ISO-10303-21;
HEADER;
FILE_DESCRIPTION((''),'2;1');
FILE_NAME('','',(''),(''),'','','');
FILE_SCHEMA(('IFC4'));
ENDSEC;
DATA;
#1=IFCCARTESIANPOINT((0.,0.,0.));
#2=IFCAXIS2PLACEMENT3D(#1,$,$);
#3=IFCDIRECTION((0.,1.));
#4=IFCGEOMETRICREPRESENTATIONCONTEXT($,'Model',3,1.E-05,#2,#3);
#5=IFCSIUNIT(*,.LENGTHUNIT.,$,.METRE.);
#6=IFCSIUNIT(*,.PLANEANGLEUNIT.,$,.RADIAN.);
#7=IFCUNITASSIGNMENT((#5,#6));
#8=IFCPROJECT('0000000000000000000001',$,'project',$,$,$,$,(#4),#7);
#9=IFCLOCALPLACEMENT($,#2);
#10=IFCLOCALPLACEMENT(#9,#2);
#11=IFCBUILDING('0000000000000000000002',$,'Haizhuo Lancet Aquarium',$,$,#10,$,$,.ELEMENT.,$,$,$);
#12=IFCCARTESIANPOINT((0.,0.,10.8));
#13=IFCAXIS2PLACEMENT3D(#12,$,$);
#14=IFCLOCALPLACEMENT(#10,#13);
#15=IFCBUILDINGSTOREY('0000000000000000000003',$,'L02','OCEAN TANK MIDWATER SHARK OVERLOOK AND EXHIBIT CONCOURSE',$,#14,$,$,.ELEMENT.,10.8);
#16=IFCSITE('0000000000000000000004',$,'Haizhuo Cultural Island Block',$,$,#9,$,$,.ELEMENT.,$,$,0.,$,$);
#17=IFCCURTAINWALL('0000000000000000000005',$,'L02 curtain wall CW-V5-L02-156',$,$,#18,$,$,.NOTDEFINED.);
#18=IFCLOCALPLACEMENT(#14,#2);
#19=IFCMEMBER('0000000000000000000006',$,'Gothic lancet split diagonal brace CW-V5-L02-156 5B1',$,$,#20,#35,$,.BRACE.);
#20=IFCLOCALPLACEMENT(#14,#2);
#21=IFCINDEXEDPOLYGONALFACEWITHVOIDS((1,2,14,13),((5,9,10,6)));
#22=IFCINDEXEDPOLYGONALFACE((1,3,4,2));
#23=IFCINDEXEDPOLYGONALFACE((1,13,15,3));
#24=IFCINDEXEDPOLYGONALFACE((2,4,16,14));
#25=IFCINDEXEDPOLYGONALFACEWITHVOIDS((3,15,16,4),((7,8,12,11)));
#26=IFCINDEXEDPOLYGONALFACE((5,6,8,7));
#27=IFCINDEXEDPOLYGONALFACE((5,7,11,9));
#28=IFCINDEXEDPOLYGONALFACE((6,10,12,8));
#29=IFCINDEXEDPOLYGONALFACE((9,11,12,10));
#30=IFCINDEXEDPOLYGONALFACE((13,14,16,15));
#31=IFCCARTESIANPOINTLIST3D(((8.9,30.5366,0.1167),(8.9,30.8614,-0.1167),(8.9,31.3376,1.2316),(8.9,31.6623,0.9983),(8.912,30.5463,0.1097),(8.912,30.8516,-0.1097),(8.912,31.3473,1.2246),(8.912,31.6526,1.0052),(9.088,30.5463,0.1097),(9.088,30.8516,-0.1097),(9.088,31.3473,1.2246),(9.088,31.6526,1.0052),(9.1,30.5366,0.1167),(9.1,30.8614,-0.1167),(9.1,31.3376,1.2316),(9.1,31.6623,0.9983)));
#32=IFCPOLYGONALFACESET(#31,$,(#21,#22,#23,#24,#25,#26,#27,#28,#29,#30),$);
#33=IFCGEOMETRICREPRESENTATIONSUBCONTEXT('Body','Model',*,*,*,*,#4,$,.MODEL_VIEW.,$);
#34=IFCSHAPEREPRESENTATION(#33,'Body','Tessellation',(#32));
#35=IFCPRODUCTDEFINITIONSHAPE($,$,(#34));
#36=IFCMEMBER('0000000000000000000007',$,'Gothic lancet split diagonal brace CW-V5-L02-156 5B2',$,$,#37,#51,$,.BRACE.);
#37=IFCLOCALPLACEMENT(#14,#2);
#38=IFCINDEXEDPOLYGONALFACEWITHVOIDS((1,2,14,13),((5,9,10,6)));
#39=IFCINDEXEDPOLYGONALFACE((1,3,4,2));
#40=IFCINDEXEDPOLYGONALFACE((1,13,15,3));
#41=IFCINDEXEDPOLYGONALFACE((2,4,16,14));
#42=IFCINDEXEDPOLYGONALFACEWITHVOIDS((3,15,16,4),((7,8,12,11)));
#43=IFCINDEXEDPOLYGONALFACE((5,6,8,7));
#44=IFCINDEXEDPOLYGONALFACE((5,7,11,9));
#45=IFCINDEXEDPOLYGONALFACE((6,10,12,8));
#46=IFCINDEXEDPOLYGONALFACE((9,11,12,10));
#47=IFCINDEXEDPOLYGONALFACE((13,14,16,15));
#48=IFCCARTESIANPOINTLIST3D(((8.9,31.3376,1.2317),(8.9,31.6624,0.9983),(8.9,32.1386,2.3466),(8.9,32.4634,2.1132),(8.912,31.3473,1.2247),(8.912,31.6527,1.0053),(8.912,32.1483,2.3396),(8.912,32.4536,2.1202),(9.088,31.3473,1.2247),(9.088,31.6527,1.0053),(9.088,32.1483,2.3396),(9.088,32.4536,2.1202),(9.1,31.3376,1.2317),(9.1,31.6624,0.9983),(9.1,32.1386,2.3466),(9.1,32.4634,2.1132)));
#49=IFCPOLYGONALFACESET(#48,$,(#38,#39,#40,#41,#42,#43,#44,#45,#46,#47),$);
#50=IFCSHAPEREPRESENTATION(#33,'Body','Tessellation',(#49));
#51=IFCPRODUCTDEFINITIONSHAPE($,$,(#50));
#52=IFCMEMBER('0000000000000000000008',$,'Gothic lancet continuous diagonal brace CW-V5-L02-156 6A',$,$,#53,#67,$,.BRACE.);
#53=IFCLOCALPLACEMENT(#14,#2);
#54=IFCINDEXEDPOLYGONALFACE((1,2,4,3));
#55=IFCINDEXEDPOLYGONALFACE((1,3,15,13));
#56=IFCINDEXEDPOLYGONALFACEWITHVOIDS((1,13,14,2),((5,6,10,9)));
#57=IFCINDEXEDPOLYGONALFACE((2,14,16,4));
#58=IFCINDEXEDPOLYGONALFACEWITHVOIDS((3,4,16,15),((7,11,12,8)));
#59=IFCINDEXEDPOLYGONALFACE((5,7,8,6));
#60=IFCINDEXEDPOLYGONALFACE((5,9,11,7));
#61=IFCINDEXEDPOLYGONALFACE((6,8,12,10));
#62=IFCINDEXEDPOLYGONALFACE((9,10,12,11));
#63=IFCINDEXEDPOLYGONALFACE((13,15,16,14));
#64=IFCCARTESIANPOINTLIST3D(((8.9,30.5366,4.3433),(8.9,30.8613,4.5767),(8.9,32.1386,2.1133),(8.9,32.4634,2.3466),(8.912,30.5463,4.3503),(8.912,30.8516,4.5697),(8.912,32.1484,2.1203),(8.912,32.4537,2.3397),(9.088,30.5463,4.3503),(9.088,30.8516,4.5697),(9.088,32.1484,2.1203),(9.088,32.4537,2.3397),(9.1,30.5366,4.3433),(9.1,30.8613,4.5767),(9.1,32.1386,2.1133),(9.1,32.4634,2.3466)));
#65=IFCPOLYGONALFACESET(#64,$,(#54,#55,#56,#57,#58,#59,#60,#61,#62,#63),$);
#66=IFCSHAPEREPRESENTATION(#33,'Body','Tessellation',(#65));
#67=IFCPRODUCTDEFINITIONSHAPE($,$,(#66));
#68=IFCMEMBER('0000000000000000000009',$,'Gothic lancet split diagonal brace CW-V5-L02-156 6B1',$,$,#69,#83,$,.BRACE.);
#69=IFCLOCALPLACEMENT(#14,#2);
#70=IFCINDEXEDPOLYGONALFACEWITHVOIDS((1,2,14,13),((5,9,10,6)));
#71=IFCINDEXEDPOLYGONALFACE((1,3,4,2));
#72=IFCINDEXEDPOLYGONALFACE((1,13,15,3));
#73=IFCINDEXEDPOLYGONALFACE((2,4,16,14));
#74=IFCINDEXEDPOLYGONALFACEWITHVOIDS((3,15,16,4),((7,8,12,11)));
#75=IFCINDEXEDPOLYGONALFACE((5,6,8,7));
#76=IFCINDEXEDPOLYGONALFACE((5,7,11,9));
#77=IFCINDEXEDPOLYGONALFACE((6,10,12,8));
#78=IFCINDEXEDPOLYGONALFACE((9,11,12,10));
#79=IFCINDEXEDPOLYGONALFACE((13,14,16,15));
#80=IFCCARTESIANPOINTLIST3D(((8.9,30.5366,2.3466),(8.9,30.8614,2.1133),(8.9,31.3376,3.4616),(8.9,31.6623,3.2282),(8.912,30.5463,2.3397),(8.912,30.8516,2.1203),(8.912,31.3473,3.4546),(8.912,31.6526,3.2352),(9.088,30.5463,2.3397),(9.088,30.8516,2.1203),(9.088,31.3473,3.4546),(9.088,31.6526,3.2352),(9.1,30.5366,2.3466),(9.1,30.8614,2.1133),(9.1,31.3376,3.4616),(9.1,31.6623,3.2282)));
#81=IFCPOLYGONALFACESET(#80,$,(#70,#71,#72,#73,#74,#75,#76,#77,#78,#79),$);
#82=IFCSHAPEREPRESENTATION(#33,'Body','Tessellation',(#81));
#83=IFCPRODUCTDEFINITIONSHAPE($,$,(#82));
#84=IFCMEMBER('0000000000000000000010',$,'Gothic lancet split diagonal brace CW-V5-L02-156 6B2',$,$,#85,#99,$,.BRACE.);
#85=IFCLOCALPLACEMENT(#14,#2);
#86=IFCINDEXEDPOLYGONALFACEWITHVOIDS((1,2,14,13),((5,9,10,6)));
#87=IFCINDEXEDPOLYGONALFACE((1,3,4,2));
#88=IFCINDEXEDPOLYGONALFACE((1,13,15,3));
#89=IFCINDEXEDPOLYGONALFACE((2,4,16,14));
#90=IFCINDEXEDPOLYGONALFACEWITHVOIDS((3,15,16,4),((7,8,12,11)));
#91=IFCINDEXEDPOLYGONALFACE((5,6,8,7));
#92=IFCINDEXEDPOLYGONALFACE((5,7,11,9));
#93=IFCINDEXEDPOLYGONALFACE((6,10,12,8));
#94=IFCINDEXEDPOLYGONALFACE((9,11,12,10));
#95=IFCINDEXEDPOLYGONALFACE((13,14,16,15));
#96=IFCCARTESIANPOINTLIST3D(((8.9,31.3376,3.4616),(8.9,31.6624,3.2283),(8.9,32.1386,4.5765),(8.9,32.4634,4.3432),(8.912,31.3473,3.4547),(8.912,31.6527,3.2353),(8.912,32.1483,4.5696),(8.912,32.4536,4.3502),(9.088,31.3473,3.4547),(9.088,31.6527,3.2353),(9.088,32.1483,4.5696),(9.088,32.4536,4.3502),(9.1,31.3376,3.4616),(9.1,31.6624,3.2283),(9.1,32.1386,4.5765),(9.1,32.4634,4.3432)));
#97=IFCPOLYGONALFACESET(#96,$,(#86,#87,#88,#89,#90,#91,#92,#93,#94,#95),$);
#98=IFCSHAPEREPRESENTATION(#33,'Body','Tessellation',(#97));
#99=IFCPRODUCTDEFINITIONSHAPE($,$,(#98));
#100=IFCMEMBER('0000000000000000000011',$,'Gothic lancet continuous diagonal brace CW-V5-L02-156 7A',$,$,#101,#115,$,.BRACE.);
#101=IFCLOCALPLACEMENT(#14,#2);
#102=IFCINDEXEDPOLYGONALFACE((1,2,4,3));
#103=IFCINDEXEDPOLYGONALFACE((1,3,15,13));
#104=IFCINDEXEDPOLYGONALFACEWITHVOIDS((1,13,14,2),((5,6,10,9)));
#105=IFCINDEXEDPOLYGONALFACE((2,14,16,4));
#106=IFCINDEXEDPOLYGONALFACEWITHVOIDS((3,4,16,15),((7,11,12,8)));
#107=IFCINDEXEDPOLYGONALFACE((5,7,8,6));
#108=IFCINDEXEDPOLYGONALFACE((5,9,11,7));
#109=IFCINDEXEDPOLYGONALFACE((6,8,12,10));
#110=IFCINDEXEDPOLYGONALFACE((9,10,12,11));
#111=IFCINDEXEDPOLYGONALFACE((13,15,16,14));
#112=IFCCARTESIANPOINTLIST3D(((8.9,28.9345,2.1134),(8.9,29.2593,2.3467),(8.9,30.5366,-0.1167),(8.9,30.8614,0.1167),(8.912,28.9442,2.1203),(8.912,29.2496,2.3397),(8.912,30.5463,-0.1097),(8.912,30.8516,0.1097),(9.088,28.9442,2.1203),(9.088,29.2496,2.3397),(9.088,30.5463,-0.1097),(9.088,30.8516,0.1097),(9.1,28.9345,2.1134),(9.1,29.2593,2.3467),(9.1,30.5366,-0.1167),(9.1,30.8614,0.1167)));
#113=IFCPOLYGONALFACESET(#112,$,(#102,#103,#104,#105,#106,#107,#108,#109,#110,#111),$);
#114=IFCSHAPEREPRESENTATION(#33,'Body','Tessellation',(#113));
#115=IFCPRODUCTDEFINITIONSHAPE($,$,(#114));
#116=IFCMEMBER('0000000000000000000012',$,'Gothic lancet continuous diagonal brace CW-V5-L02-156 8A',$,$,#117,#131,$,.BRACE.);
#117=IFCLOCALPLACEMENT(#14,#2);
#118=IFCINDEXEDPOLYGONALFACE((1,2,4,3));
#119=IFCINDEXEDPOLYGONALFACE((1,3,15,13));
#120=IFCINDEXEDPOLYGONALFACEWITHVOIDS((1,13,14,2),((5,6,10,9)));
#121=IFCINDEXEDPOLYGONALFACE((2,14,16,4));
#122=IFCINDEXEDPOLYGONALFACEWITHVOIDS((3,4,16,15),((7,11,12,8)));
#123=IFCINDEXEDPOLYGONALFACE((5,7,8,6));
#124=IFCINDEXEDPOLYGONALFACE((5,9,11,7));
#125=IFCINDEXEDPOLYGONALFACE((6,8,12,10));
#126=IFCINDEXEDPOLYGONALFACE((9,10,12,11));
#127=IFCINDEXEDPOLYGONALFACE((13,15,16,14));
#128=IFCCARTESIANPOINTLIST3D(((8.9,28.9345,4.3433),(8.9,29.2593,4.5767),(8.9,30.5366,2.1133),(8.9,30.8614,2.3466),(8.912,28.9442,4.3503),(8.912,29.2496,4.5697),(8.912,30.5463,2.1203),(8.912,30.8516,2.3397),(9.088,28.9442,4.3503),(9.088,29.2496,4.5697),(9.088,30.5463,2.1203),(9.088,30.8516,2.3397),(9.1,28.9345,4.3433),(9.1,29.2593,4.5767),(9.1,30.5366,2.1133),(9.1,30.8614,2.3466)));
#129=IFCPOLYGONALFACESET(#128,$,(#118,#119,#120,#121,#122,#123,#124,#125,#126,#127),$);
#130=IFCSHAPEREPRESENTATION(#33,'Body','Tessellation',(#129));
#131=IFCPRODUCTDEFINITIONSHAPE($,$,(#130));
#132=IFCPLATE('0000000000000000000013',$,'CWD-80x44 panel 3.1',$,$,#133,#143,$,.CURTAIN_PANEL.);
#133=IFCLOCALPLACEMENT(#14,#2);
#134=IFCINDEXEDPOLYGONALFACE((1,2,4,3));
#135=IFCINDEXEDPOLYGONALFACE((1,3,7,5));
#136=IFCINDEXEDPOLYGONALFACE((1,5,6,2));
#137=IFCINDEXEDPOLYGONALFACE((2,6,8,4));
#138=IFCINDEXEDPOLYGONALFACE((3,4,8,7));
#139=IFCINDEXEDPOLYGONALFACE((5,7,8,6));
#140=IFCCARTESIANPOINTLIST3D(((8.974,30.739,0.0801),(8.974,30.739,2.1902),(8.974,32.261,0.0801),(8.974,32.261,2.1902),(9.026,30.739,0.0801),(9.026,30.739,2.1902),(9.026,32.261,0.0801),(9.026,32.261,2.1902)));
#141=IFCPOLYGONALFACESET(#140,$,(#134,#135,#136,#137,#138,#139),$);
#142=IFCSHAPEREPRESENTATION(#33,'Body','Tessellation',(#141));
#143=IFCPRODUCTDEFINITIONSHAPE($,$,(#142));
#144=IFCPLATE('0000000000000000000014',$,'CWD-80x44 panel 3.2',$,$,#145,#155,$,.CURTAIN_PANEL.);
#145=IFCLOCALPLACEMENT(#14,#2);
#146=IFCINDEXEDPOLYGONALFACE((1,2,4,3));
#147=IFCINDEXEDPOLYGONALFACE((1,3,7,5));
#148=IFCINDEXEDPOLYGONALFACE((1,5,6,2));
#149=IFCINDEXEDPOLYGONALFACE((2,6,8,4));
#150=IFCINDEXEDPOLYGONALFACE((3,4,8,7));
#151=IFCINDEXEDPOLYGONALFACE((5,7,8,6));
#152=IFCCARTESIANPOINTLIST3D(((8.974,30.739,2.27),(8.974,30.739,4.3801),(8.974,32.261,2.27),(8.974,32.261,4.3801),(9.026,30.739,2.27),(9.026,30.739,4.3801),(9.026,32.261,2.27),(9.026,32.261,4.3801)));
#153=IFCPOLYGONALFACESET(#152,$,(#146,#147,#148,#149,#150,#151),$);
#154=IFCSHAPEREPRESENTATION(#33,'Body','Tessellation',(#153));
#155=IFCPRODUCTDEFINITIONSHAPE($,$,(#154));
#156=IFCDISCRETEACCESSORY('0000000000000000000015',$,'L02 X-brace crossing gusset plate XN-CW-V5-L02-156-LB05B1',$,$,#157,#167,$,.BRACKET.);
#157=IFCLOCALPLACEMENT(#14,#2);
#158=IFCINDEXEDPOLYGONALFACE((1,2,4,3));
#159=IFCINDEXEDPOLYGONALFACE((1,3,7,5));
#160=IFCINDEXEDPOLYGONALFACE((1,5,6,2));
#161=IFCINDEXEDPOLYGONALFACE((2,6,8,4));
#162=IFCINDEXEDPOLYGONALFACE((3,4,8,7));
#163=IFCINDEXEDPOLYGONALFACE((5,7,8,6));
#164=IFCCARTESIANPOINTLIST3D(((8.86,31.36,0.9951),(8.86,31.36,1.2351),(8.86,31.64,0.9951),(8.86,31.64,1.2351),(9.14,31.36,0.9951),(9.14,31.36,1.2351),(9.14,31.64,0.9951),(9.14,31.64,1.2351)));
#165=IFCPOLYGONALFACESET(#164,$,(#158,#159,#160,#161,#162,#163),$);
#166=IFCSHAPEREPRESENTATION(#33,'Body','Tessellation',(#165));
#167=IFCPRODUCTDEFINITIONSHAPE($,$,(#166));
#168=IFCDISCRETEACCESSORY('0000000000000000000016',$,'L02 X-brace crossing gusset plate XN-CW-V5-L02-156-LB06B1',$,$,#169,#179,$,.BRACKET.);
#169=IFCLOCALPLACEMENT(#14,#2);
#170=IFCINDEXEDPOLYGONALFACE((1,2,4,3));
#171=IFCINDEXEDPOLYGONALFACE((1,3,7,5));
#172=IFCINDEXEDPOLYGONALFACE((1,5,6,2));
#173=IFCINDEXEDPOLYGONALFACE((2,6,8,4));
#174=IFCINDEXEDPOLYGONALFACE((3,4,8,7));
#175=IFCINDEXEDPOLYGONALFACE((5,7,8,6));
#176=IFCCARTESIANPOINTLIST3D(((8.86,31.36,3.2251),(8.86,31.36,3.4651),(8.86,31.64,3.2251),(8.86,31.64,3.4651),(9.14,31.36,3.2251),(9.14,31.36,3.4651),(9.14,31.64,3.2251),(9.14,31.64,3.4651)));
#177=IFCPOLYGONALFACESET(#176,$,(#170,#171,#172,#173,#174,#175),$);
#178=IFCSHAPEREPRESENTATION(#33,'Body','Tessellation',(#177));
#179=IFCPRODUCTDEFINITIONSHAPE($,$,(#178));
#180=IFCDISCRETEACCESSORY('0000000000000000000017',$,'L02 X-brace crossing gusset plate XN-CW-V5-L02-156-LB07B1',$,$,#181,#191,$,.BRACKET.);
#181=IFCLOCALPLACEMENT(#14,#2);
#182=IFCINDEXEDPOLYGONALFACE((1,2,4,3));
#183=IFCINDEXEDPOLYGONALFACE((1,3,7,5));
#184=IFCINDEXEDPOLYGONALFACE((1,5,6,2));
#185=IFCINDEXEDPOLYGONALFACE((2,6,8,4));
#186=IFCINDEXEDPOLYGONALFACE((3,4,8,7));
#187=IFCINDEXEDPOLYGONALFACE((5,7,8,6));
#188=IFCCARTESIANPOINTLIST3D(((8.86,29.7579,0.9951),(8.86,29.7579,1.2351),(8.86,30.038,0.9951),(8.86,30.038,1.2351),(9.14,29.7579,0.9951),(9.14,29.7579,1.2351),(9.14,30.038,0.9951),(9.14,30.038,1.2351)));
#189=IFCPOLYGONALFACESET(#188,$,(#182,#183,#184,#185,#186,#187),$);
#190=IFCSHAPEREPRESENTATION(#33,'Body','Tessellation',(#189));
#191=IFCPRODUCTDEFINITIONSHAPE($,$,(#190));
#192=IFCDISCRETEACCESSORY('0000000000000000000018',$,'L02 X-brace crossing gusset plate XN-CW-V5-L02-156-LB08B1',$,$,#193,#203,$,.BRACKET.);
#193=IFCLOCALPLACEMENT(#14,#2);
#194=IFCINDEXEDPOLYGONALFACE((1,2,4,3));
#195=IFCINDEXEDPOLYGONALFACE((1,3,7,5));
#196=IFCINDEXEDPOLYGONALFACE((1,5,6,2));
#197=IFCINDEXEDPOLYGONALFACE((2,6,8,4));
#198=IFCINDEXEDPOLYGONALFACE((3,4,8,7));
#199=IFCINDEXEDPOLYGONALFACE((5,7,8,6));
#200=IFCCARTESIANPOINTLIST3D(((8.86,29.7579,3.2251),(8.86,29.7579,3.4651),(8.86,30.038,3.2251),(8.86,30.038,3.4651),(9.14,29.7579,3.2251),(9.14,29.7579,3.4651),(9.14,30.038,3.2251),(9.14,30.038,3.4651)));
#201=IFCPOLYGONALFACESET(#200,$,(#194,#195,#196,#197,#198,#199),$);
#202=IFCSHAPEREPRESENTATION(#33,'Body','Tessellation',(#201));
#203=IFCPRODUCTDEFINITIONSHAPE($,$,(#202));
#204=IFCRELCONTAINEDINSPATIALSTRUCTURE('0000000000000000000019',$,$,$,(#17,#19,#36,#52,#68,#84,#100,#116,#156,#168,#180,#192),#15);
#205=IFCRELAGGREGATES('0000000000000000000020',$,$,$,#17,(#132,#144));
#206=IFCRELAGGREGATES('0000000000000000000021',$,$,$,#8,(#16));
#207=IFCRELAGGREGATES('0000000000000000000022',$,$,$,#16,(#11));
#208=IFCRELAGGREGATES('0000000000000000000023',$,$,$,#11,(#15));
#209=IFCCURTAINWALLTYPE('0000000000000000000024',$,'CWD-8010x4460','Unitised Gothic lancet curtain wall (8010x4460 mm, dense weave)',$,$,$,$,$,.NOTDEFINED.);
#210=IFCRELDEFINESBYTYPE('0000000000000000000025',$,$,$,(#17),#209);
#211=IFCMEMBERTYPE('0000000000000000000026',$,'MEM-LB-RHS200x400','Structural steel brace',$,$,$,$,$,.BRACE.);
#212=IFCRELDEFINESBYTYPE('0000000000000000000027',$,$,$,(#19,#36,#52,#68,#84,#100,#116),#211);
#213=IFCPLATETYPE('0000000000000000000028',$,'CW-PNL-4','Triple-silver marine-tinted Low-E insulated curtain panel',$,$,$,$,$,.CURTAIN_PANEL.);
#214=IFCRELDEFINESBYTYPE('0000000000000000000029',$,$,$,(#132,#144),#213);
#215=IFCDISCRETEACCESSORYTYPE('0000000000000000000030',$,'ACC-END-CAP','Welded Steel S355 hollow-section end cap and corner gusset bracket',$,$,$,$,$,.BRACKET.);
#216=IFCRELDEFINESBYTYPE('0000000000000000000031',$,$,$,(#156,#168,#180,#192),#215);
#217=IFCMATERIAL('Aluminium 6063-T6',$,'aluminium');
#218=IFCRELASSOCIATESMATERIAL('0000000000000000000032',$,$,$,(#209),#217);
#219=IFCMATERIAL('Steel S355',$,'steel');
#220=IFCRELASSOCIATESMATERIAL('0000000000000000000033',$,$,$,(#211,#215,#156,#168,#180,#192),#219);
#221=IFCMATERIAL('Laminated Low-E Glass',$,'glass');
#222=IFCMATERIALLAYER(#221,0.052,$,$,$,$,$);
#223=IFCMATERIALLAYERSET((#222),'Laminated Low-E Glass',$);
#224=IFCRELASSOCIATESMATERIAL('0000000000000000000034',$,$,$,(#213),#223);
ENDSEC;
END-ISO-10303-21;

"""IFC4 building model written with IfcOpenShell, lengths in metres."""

from ifc_helpers import new_model, si_unit, direction, frame, origin, origin_2d, place, context, subcontext, project, spatial, rectangle, hollow_rectangle, extrude, material, layer, layer_set, material_profile, profile_set, type_object, element, aggregate, save


model = new_model("IFC4")

# Units and contexts
model_context = context("Model", 3, precision=1e-05, world=origin(), true_north=direction((0.0, 1.0)))
body_context = subcontext(model_context, "Body", "Model", "MODEL_VIEW")
ifc_project = project(units=[si_unit("LENGTHUNIT", "METRE"), si_unit("PLANEANGLEUNIT", "RADIAN")], contexts=[model_context])

# Site, building, storey
site_placement = place(None, origin())
site = spatial("IfcSite", under=ifc_project, at=site_placement, Name="Haizhuo Cultural Island Block", CompositionType="ELEMENT", RefElevation=0.0)
building_placement = place(site_placement, origin())
building = spatial("IfcBuilding", under=site, at=building_placement, Name="Haizhuo Lancet Aquarium", CompositionType="ELEMENT")
storey_placement = place(building_placement, frame((0.0, 0.0, 10.8)))
storey = spatial("IfcBuildingStorey", under=building, at=storey_placement, Name="L02", Description="OCEAN TANK MIDWATER SHARK OVERLOOK AND EXHIBIT CONCOURSE", CompositionType="ELEMENT", Elevation=10.8)

# Curtain wall
ifc_material_1 = material(Name="Aluminium 6063-T6", Category="aluminium")
curtain_wall_type = type_object("IfcCurtainWallType", Name="CWD-8010x4460", Description="Unitised Gothic lancet curtain wall (8010x4460 mm, dense weave)", PredefinedType="NOTDEFINED", material=ifc_material_1)
curtain_wall_placement = place(storey_placement, origin())
curtain_wall = element("IfcCurtainWall", 1, at=curtain_wall_placement, inside=storey, type_object=curtain_wall_type, Name="L02 curtain wall CW-V5-L02-156", PredefinedType="NOTDEFINED")

# Members
ifc_material_2 = material(Name="Steel S355", Category="steel")
ifc_material_profile_1 = material_profile(ifc_material_2, hollow_rectangle(XDim=0.2, YDim=0.3999, WallThickness=0.012, at=origin_2d()), Name="RHS 200x400x12")
ifc_profile_set_1 = profile_set([ifc_material_profile_1], Name="Steel S355")
member_type_1 = type_object("IfcMemberType", Name="MEM-LB-RHS200x400", Description="Structural steel brace", PredefinedType="BRACE", material=ifc_profile_set_1)
for number, where, z_axis, x_axis, name in (
    (2, (9.0, 30.699, 0.0), (0.0, 0.583456, 0.812144), (-1.0, 0.0, 0.0), "Gothic lancet split diagonal brace CW-V5-L02-156 5B1"),
    (3, (9.0, 31.5, 1.115), (0.0, 0.583456, 0.812144), (-1.0, 0.0, 0.0), "Gothic lancet split diagonal brace CW-V5-L02-156 5B2"),
):
    element("IfcMember", number, at=place(storey_placement, frame(where, z_axis=z_axis, x_axis=x_axis)), inside=storey, type_object=member_type_1, Name=name, PredefinedType="BRACE", context=body_context, shape_type="SweptSolid", body=[
        extrude(hollow_rectangle(XDim=0.2, YDim=0.3999, WallThickness=0.012, at=origin_2d()), origin(), (0.0, 0.0, 1.0), 1.3728),
    ])
member_1_placement = place(storey_placement, frame((9.0, 32.301, 2.23), z_axis=(0.0, -0.583456, 0.812144), x_axis=(1.0, 0.0, 0.0)))
element("IfcMember", 4, at=member_1_placement, inside=storey, type_object=member_type_1, Name="Gothic lancet continuous diagonal brace CW-V5-L02-156 6A", PredefinedType="BRACE", context=body_context, shape_type="SweptSolid", body=[
    extrude(hollow_rectangle(XDim=0.2, YDim=0.3999, WallThickness=0.012, at=origin_2d()), origin(), (0.0, 0.0, 1.0), 2.7458),
])
for number, where, z_axis, x_axis, name in (
    (5, (9.0, 30.699, 2.23), (0.0, 0.583456, 0.812144), (-1.0, 0.0, 0.0), "Gothic lancet split diagonal brace CW-V5-L02-156 6B1"),
    (6, (9.0, 31.5, 3.345), (0.0, 0.583456, 0.812144), (-1.0, 0.0, 0.0), "Gothic lancet split diagonal brace CW-V5-L02-156 6B2"),
):
    element("IfcMember", number, at=place(storey_placement, frame(where, z_axis=z_axis, x_axis=x_axis)), inside=storey, type_object=member_type_1, Name=name, PredefinedType="BRACE", context=body_context, shape_type="SweptSolid", body=[
        extrude(hollow_rectangle(XDim=0.2, YDim=0.3999, WallThickness=0.012, at=origin_2d()), origin(), (0.0, 0.0, 1.0), 1.3728),
    ])
for number, where, z_axis, x_axis, name in (
    (7, (9.0, 30.699, 0.0), (0.0, -0.583456, 0.812144), (1.0, 0.0, 0.0), "Gothic lancet continuous diagonal brace CW-V5-L02-156 7A"),
    (8, (9.0, 30.699, 2.23), (0.0, -0.583456, 0.812144), (1.0, 0.0, 0.0), "Gothic lancet continuous diagonal brace CW-V5-L02-156 8A"),
):
    element("IfcMember", number, at=place(storey_placement, frame(where, z_axis=z_axis, x_axis=x_axis)), inside=storey, type_object=member_type_1, Name=name, PredefinedType="BRACE", context=body_context, shape_type="SweptSolid", body=[
        extrude(hollow_rectangle(XDim=0.2, YDim=0.3999, WallThickness=0.012, at=origin_2d()), origin(), (0.0, 0.0, 1.0), 2.7458),
    ])

# Plates
ifc_material_3 = material(Name="Laminated Low-E Glass", Category="glass")
ifc_layer = layer(ifc_material_3, 0.052)
ifc_layer_set = layer_set([ifc_layer], Name="Laminated Low-E Glass")
plate_type = type_object("IfcPlateType", Name="CW-PNL-4", Description="Triple-silver marine-tinted Low-E insulated curtain panel", PredefinedType="CURTAIN_PANEL", material=ifc_layer_set)
plate_1_placement = place(storey_placement, frame((9.0, 31.5, 0.0801), z_axis=(0.0, 0.0, 1.0), x_axis=(0.0, -1.0, 0.0)))
plate_1 = element("IfcPlate", 9, at=plate_1_placement, type_object=plate_type, Name="CWD-80x44 panel 3.1", PredefinedType="CURTAIN_PANEL", context=body_context, shape_type="SweptSolid", body=[
    extrude(rectangle(XDim=1.522, YDim=0.052, at=origin_2d()), origin(), (0.0, 0.0, 1.0), 2.1101),
])
plate_2_placement = place(storey_placement, frame((9.0, 31.5, 2.27), z_axis=(0.0, 0.0, 1.0), x_axis=(0.0, -1.0, 0.0)))
plate_2 = element("IfcPlate", 10, at=plate_2_placement, type_object=plate_type, Name="CWD-80x44 panel 3.2", PredefinedType="CURTAIN_PANEL", context=body_context, shape_type="SweptSolid", body=[
    extrude(rectangle(XDim=1.522, YDim=0.052, at=origin_2d()), origin(), (0.0, 0.0, 1.0), 2.1101),
])
aggregate(curtain_wall, [plate_1, plate_2])

# Discrete accessories
discrete_accessory_type = type_object("IfcDiscreteAccessoryType", Name="ACC-END-CAP", Description="Welded Steel S355 hollow-section end cap and corner gusset bracket", PredefinedType="BRACKET", material=ifc_material_2)
for number, where, z_axis, x_axis, name in (
    (11, (9.0, 31.5, 0.9951), (0.0, 0.0, 1.0), (1.0, 0.0, 0.0), "L02 X-brace crossing gusset plate XN-CW-V5-L02-156-LB05B1"),
    (12, (9.0, 31.5, 3.2251), (0.0, 0.0, 1.0), (1.0, 0.0, 0.0), "L02 X-brace crossing gusset plate XN-CW-V5-L02-156-LB06B1"),
    (13, (9.0, 29.8979, 0.9951), (0.0, 0.0, 1.0), (1.0, 0.0, 0.0), "L02 X-brace crossing gusset plate XN-CW-V5-L02-156-LB07B1"),
    (14, (9.0, 29.8979, 3.2251), (0.0, 0.0, 1.0), (1.0, 0.0, 0.0), "L02 X-brace crossing gusset plate XN-CW-V5-L02-156-LB08B1"),
):
    element("IfcDiscreteAccessory", number, at=place(storey_placement, frame(where, z_axis=z_axis, x_axis=x_axis)), inside=storey, type_object=discrete_accessory_type, material=ifc_material_2, Name=name, PredefinedType="BRACKET", context=body_context, shape_type="SweptSolid", body=[
        extrude(rectangle(XDim=0.28, YDim=0.28, at=origin_2d()), origin(), (0.0, 0.0, 1.0), 0.24),
    ])

save(model, "model.ifc")
